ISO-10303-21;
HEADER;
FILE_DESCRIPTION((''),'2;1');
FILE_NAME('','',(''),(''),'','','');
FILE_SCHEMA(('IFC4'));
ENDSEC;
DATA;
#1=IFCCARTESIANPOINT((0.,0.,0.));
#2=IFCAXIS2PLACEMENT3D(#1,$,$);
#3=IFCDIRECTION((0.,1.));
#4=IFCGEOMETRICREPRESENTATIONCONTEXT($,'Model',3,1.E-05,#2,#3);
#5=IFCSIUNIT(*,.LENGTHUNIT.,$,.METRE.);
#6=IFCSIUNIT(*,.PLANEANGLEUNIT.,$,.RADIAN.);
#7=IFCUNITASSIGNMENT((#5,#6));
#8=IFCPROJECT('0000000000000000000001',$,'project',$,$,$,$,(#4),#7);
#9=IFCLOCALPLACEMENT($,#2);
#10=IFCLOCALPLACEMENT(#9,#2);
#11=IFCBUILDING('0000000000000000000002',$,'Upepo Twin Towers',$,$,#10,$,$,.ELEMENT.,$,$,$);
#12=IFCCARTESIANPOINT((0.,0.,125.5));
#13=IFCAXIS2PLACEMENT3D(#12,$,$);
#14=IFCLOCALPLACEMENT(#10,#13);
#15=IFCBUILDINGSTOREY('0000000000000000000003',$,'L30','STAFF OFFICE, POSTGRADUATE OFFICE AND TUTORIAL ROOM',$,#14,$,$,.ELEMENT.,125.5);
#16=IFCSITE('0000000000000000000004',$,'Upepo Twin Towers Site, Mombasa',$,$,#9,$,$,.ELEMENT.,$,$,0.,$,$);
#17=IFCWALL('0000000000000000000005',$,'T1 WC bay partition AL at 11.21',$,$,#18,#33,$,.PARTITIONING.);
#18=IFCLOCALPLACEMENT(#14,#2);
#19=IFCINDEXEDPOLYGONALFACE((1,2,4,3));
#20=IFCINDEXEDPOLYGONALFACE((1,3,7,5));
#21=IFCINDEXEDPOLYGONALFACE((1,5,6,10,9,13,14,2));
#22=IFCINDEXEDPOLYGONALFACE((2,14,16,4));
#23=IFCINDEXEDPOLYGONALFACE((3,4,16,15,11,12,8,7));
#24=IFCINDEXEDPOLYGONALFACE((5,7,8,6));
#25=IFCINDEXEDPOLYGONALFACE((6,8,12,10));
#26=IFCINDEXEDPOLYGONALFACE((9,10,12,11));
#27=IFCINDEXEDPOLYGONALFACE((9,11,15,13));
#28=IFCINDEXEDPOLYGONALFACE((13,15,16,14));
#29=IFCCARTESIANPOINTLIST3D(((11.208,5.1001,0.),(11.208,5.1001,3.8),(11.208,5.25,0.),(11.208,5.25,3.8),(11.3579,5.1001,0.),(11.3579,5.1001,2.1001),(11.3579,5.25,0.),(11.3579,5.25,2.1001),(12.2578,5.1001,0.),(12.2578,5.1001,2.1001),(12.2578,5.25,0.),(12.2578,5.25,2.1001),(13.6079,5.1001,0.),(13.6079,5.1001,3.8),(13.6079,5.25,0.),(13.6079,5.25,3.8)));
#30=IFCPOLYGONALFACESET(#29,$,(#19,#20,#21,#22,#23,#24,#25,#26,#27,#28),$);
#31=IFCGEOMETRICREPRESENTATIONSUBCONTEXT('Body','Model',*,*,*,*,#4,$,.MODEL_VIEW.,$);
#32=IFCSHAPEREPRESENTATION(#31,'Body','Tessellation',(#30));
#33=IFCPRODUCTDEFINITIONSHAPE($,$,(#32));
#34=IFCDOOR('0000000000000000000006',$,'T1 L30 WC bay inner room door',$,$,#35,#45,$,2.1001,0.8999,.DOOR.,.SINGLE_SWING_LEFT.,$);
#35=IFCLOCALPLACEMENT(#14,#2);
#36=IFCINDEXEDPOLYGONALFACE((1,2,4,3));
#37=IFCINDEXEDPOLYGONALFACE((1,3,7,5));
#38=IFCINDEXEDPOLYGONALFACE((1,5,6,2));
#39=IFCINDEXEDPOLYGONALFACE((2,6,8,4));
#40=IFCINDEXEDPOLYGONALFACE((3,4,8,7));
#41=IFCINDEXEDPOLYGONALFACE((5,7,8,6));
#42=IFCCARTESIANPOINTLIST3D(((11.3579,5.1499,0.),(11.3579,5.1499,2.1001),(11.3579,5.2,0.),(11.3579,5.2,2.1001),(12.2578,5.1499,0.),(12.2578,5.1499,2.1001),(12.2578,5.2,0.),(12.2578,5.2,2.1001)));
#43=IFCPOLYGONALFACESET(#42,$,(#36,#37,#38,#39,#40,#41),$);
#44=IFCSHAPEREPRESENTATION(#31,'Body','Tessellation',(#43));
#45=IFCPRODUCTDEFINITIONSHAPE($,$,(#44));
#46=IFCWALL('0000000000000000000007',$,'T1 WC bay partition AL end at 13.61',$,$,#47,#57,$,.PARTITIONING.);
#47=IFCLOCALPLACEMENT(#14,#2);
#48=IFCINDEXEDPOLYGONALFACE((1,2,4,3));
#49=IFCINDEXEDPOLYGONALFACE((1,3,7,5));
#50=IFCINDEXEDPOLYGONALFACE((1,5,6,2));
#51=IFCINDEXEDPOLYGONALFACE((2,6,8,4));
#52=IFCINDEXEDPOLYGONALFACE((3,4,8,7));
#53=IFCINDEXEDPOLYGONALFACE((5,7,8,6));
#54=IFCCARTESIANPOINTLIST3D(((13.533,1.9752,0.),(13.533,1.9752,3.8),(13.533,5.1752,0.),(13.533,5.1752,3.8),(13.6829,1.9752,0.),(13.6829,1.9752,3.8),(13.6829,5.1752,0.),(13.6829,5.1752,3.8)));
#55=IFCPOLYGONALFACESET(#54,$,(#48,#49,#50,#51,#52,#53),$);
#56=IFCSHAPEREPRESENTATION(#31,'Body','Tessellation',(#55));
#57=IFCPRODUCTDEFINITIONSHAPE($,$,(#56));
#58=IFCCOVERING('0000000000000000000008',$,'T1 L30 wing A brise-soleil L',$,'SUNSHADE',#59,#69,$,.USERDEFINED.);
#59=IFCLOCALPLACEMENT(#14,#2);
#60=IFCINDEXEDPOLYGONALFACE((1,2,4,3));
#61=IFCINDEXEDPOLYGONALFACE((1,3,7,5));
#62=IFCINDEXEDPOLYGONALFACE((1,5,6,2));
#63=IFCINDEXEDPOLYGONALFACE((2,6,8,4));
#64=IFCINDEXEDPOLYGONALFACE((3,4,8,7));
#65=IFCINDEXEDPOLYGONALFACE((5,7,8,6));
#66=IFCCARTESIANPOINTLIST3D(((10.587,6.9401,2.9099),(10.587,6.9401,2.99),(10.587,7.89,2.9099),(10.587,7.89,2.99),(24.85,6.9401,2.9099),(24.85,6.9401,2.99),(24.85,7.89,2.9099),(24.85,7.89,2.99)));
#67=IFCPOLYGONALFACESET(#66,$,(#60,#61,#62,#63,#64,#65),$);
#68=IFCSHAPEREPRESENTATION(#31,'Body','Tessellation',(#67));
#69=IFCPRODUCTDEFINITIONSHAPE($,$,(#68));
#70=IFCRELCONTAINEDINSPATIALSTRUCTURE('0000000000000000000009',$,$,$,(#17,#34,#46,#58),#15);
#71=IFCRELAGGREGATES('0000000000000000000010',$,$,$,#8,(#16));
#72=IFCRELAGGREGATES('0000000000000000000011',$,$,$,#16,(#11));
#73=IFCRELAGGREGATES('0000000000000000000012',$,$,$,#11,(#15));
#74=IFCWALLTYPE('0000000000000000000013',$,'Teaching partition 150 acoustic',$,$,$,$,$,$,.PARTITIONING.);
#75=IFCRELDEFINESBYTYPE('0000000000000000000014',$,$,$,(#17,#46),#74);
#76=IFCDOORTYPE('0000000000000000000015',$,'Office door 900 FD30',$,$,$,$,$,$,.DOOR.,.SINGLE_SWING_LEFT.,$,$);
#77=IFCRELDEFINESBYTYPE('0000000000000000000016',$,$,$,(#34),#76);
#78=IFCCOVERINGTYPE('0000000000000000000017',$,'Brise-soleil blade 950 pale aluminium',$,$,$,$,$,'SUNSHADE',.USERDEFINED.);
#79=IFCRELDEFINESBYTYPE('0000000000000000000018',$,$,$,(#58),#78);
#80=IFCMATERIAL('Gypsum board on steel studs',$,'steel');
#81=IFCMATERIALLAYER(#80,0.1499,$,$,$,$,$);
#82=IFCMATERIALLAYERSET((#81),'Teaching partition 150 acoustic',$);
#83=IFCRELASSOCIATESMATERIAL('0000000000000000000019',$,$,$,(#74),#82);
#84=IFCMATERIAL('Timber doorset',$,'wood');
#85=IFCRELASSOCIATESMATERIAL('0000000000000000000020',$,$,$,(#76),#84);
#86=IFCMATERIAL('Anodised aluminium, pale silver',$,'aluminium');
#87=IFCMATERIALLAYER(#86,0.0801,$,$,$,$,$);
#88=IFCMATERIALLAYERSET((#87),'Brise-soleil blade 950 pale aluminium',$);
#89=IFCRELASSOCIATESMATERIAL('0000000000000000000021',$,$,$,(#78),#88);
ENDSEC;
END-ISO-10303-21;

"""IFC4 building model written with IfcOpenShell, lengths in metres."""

from ifc_helpers import new_model, si_unit, direction, frame, frame_2d, origin, origin_2d, place, context, subcontext, project, spatial, rectangle, extrude, material, layer, layer_set, type_object, element, fill, save


model = new_model("IFC4")

# Units and contexts
model_context = context("Model", 3, precision=1e-05, world=origin(), true_north=direction((0.0, 1.0)))
body_context = subcontext(model_context, "Body", "Model", "MODEL_VIEW")
ifc_project = project(units=[si_unit("LENGTHUNIT", "METRE"), si_unit("PLANEANGLEUNIT", "RADIAN")], contexts=[model_context])

# Site, building, storey
site_placement = place(None, origin())
site = spatial("IfcSite", under=ifc_project, at=site_placement, Name="Upepo Twin Towers Site, Mombasa", CompositionType="ELEMENT", RefElevation=0.0)
building_placement = place(site_placement, origin())
building = spatial("IfcBuilding", under=site, at=building_placement, Name="Upepo Twin Towers", CompositionType="ELEMENT")
storey_placement = place(building_placement, frame((0.0, 0.0, 125.5)))
storey = spatial("IfcBuildingStorey", under=building, at=storey_placement, Name="L30", Description="STAFF OFFICE, POSTGRADUATE OFFICE AND TUTORIAL ROOM", CompositionType="ELEMENT", Elevation=125.5)

# Shared definitions
ifc_material_1 = material(Name="Gypsum board on steel studs", Category="steel")
ifc_layer_1 = layer(ifc_material_1, 0.1499)
ifc_layer_set_1 = layer_set([ifc_layer_1], Name="Teaching partition 150 acoustic")
wall_type_1 = type_object("IfcWallType", Name="Teaching partition 150 acoustic", PredefinedType="PARTITIONING", material=ifc_layer_set_1)

# Wall, opening, door
wall_1_placement = place(storey_placement, frame((11.208, 5.175, 0.0), z_axis=(0.0, 0.0, 1.0), x_axis=(1.0, 0.0, 0.0)))
wall_1 = element("IfcWall", 1, at=wall_1_placement, inside=storey, type_object=wall_type_1, Name="T1 WC bay partition AL at 11.21", PredefinedType="PARTITIONING", context=body_context, shape_type="SweptSolid", body=[
    extrude(rectangle(XDim=2.3999, YDim=0.1499, at=frame_2d((1.2, 0.0))), origin(), (0.0, 0.0, 1.0), 3.8),
])
opening_1_placement = place(wall_1_placement, frame((0.1499, 0.0, 0.0)))
opening_1 = element("IfcOpeningElement", 2, at=opening_1_placement, cuts=wall_1, PredefinedType="OPENING", context=body_context, shape_type="SweptSolid", body=[
    extrude(rectangle(XDim=0.8999, YDim=2.1001, at=frame_2d((0.45, 1.05))), frame((0.0, 0.085, 0.0), z_axis=(0.0, -1.0, 0.0), x_axis=(1.0, 0.0, 0.0)), (0.0, 0.0, 1.0), 0.1699),
])
ifc_material_2 = material(Name="Timber doorset", Category="wood")
door_type_1 = type_object("IfcDoorType", Name="Office door 900 FD30", OperationType="SINGLE_SWING_LEFT", PredefinedType="DOOR", material=ifc_material_2)
door_1_placement = place(opening_1_placement, origin())
door_1 = element("IfcDoor", 3, at=door_1_placement, inside=storey, type_object=door_type_1, Name="T1 L30 WC bay inner room door", OperationType="SINGLE_SWING_LEFT", OverallHeight=2.1001, OverallWidth=0.8999, PredefinedType="DOOR", context=body_context, shape_type="SweptSolid", body=[
    extrude(rectangle(XDim=0.8999, YDim=2.1001, at=frame_2d((0.45, 1.05))), frame((0.0, 0.0249, 0.0), z_axis=(0.0, -1.0, 0.0), x_axis=(1.0, 0.0, 0.0)), (0.0, 0.0, 1.0), 0.05),
])
fill(opening_1, door_1)

# Wall
wall_2_placement = place(storey_placement, frame((13.6079, 1.9751, 0.0), z_axis=(0.0, 0.0, 1.0), x_axis=(0.0, 1.0, 0.0)))
element("IfcWall", 4, at=wall_2_placement, inside=storey, type_object=wall_type_1, Name="T1 WC bay partition AL end at 13.61", PredefinedType="PARTITIONING", context=body_context, shape_type="SweptSolid", body=[
    extrude(rectangle(XDim=3.2, YDim=0.1499, at=frame_2d((1.6001, 0.0))), origin(), (0.0, 0.0, 1.0), 3.8),
])

# Covering
ifc_material_3 = material(Name="Anodised aluminium, pale silver", Category="aluminium")
ifc_layer_2 = layer(ifc_material_3, 0.0801)
ifc_layer_set_2 = layer_set([ifc_layer_2], Name="Brise-soleil blade 950 pale aluminium")
covering_type = type_object("IfcCoveringType", Name="Brise-soleil blade 950 pale aluminium", ElementType="SUNSHADE", PredefinedType="USERDEFINED", material=ifc_layer_set_2)
covering_placement = place(storey_placement, frame((17.7185, 7.415, 2.9099), z_axis=(0.0, 0.0, 1.0), x_axis=(1.0, 0.0, 0.0)))
element("IfcCovering", 5, at=covering_placement, inside=storey, type_object=covering_type, Name="T1 L30 wing A brise-soleil L", ObjectType="SUNSHADE", PredefinedType="USERDEFINED", context=body_context, shape_type="SweptSolid", body=[
    extrude(rectangle(XDim=14.2629, YDim=0.95, at=origin_2d()), origin(), (0.0, 0.0, 1.0), 0.0801),
])

save(model, "model.ifc")
